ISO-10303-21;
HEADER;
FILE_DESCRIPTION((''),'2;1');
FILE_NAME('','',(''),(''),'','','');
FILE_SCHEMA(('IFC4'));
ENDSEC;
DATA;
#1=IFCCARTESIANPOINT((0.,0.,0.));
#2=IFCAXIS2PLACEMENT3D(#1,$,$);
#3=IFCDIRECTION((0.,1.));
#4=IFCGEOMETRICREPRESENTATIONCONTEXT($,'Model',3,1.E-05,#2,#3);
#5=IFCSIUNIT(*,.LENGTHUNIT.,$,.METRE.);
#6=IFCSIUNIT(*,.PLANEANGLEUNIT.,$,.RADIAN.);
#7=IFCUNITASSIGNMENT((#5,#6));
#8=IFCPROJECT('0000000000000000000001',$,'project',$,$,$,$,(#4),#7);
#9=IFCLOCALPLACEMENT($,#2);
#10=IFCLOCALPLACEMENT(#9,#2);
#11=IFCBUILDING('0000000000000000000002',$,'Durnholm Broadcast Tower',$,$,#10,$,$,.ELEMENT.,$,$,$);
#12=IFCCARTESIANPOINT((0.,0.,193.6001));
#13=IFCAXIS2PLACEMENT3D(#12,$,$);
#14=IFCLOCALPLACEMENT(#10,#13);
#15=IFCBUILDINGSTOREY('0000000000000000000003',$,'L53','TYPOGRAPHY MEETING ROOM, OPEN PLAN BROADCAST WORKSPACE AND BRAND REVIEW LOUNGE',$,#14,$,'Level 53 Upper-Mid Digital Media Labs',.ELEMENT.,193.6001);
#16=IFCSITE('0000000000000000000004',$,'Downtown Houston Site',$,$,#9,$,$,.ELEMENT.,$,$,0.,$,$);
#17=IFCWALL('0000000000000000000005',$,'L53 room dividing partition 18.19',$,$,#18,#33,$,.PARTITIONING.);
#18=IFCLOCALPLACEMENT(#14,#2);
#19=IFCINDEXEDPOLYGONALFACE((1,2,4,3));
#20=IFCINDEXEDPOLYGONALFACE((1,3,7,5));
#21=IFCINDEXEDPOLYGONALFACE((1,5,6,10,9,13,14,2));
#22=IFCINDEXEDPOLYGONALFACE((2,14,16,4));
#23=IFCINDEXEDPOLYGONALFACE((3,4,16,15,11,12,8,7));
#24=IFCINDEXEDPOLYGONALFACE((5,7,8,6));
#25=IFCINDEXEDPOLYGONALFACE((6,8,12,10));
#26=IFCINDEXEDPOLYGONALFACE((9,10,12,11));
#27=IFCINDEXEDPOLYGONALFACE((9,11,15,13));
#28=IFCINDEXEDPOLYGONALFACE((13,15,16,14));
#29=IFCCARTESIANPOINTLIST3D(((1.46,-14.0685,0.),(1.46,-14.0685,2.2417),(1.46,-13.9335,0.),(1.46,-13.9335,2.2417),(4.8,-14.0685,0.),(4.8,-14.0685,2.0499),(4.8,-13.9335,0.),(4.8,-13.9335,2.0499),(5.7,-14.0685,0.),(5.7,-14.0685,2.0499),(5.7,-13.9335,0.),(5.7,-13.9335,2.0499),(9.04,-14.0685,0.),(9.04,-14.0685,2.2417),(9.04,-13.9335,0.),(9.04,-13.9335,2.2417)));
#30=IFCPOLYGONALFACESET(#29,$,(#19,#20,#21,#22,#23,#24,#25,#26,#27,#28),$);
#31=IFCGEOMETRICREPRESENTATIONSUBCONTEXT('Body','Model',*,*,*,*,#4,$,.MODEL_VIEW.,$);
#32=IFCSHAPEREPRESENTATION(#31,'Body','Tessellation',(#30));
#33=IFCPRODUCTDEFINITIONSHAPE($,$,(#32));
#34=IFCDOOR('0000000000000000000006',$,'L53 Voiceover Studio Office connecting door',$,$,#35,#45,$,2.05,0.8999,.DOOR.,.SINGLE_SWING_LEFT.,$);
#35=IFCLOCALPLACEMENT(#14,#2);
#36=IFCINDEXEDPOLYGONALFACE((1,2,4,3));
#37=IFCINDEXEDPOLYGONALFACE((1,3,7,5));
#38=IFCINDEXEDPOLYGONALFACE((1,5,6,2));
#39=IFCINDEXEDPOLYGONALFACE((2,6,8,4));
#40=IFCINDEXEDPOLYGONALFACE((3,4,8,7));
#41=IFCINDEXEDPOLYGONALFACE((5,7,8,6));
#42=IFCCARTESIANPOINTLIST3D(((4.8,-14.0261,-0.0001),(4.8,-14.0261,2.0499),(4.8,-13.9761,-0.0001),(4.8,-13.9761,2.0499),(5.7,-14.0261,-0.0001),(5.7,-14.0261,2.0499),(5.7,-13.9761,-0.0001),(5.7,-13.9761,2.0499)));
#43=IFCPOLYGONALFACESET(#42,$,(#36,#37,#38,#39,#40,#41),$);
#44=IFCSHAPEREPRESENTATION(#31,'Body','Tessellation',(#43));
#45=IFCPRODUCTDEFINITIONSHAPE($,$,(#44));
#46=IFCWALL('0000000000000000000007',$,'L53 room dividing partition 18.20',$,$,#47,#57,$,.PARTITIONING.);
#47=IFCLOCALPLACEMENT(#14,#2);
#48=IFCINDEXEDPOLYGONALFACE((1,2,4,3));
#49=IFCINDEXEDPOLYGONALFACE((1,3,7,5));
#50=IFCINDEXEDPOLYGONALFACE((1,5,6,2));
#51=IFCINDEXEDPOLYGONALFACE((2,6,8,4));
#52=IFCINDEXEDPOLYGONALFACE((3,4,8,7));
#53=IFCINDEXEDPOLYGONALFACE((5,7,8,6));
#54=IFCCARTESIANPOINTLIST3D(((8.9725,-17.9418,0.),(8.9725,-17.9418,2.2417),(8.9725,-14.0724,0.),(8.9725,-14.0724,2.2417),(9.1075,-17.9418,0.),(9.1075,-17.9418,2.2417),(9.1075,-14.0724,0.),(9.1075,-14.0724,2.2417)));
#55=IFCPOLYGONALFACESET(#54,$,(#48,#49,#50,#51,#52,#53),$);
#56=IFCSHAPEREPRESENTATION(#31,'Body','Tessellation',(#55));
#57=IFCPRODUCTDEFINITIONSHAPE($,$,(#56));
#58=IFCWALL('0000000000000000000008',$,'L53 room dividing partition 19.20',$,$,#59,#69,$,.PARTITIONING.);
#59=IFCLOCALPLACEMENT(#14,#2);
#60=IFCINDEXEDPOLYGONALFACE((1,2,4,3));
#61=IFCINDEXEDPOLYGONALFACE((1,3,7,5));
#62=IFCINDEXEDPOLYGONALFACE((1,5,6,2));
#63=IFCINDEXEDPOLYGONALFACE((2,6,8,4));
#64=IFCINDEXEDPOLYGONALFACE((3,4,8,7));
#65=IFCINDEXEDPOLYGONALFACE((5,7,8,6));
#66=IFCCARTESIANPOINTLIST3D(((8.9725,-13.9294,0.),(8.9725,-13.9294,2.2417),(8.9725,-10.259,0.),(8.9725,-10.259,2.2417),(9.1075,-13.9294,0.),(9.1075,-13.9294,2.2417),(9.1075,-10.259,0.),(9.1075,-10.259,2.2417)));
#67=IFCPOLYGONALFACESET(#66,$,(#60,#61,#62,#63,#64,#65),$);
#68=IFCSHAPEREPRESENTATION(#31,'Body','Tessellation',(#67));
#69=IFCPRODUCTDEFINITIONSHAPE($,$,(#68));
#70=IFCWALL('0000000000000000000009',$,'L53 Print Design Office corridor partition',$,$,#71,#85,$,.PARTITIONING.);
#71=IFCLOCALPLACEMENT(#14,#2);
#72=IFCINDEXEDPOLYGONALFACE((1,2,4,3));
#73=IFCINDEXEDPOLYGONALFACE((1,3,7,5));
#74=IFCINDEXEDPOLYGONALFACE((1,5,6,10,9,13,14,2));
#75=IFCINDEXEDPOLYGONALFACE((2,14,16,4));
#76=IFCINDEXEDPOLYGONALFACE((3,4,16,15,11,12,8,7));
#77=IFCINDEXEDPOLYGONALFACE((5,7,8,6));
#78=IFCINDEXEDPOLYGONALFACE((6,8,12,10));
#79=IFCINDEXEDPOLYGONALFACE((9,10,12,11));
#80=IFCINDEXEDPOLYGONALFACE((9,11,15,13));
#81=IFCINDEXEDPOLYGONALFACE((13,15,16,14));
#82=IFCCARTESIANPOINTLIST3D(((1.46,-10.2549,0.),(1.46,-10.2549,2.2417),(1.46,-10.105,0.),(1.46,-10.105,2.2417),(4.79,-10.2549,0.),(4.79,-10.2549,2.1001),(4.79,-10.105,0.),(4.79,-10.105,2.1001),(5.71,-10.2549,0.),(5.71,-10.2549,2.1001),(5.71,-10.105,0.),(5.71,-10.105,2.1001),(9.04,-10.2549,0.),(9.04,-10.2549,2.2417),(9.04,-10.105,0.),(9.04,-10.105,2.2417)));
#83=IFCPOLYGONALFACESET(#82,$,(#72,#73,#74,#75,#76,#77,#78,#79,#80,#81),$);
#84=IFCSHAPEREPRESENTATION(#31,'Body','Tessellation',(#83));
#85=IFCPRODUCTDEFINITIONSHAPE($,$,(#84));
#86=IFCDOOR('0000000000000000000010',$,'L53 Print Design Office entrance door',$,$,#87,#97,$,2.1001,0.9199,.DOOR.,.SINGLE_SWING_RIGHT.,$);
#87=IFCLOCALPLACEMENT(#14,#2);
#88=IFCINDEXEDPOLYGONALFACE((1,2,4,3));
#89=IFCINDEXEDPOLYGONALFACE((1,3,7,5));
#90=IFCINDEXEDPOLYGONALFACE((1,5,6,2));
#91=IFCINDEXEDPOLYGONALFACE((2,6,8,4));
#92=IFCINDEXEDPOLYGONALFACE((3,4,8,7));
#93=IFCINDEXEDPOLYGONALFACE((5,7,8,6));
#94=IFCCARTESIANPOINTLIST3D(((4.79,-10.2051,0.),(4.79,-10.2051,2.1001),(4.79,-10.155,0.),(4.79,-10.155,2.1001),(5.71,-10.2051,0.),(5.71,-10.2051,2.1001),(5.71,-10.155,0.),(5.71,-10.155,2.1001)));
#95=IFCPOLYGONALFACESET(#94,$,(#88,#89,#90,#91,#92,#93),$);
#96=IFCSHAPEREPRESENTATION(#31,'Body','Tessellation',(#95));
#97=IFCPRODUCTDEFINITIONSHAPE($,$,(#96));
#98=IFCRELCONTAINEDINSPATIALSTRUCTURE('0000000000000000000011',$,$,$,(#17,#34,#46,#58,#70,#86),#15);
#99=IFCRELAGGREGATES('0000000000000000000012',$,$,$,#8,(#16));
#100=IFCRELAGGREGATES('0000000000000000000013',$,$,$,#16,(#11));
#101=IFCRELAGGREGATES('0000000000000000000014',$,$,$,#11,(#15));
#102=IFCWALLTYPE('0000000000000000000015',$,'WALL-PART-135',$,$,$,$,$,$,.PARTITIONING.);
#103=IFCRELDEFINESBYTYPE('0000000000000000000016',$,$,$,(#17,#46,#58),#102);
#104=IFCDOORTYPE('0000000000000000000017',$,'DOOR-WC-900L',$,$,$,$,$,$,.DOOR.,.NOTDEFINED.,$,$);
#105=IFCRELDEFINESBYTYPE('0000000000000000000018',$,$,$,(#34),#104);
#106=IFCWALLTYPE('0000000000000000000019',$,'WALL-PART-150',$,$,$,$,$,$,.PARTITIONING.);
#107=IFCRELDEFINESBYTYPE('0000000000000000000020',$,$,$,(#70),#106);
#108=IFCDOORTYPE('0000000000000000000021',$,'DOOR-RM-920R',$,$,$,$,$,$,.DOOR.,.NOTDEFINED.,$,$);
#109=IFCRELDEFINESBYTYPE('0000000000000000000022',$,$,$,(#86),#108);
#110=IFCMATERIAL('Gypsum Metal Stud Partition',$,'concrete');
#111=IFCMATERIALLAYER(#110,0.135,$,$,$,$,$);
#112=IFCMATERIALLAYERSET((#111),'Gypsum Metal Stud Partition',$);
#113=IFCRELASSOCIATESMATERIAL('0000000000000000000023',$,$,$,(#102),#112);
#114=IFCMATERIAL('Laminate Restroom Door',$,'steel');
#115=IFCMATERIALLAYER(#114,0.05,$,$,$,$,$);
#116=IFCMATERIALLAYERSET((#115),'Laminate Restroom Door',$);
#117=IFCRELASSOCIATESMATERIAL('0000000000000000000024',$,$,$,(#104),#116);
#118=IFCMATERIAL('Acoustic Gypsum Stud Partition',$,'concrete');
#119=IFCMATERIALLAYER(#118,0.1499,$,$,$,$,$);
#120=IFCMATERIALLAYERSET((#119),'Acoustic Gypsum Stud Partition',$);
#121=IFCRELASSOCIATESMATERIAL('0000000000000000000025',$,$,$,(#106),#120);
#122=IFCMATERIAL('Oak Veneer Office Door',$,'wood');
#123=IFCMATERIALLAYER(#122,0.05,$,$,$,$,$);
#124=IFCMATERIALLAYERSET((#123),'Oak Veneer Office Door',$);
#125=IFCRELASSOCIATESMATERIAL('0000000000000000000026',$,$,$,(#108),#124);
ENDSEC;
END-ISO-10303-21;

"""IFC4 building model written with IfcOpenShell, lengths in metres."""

from ifc_helpers import new_model, si_unit, direction, frame, frame_2d, origin, place, context, subcontext, project, spatial, rectangle, extrude, source, transform, mapped, material, layer, layer_set, type_object, type_shapes, element, fill, save


model = new_model("IFC4")

# Units and contexts
model_context = context("Model", 3, precision=1e-05, world=origin(), true_north=direction((0.0, 1.0)))
body_context = subcontext(model_context, "Body", "Model", "MODEL_VIEW")
ifc_project = project(units=[si_unit("LENGTHUNIT", "METRE"), si_unit("PLANEANGLEUNIT", "RADIAN")], contexts=[model_context])

# Site, building, storey
site_placement = place(None, origin())
site = spatial("IfcSite", under=ifc_project, at=site_placement, Name="Downtown Houston Site", CompositionType="ELEMENT", RefElevation=0.0)
building_placement = place(site_placement, origin())
building = spatial("IfcBuilding", under=site, at=building_placement, Name="Durnholm Broadcast Tower", CompositionType="ELEMENT")
storey_placement = place(building_placement, frame((0.0, 0.0, 193.6001)))
storey = spatial("IfcBuildingStorey", under=building, at=storey_placement, Name="L53", Description="TYPOGRAPHY MEETING ROOM, OPEN PLAN BROADCAST WORKSPACE AND BRAND REVIEW LOUNGE", LongName="Level 53 Upper-Mid Digital Media Labs", CompositionType="ELEMENT", Elevation=193.6001)

# Wall, opening, door
ifc_material_1 = material(Name="Gypsum Metal Stud Partition", Category="concrete")
ifc_layer_1 = layer(ifc_material_1, 0.135)
ifc_layer_set_1 = layer_set([ifc_layer_1], Name="Gypsum Metal Stud Partition")
wall_type_1 = type_object("IfcWallType", Name="WALL-PART-135", PredefinedType="PARTITIONING", material=ifc_layer_set_1)
wall_1_placement = place(storey_placement, frame((1.46, -14.001, 0.0), z_axis=(0.0, 0.0, 1.0), x_axis=(1.0, 0.0, 0.0)))
wall_1 = element("IfcWall", 1, at=wall_1_placement, inside=storey, type_object=wall_type_1, Name="L53 room dividing partition 18.19", PredefinedType="PARTITIONING", context=body_context, shape_type="SweptSolid", body=[
    extrude(rectangle(XDim=7.5801, YDim=0.135, at=frame_2d((3.79, 0.0))), origin(), (0.0, 0.0, 1.0), 2.2417),
])
opening_1_placement = place(wall_1_placement, frame((3.3401, 0.0, 0.0)))
opening_1 = element("IfcOpeningElement", 2, at=opening_1_placement, cuts=wall_1, PredefinedType="OPENING", context=body_context, shape_type="SweptSolid", body=[
    extrude(rectangle(XDim=0.8999, YDim=2.05, at=frame_2d((0.45, 1.0249))), frame((0.0, 0.0776, 0.0), z_axis=(0.0, -1.0, 0.0), x_axis=(1.0, 0.0, 0.0)), (0.0, 0.0, 1.0), 0.155),
])
ifc_material_2 = material(Name="Laminate Restroom Door", Category="steel")
ifc_layer_2 = layer(ifc_material_2, 0.05)
ifc_layer_set_2 = layer_set([ifc_layer_2], Name="Laminate Restroom Door")
door_type_1 = type_object("IfcDoorType", Name="DOOR-WC-900L", OperationType="NOTDEFINED", PredefinedType="DOOR", material=ifc_layer_set_2)
shared_shape_1 = source(origin(), body_context, "Body", "SweptSolid", [
    extrude(rectangle(XDim=0.8999, YDim=2.05, at=frame_2d((0.45, 1.0249))), frame((0.0, 0.0249, 0.0), z_axis=(0.0, -1.0, 0.0), x_axis=(1.0, 0.0, 0.0)), (0.0, 0.0, 1.0), 0.05),
])
type_shapes(door_type_1, [shared_shape_1])
door_1_placement = place(opening_1_placement, origin())
door_1 = element("IfcDoor", 3, at=door_1_placement, inside=storey, type_object=door_type_1, Name="L53 Voiceover Studio Office connecting door", OperationType="SINGLE_SWING_LEFT", OverallHeight=2.05, OverallWidth=0.8999, PredefinedType="DOOR", context=body_context, shape_type="MappedRepresentation", body=[
    mapped(shared_shape_1, transform((0.0, 0.0, 0.0), x_axis=(1.0, 0.0, 0.0), y_axis=(0.0, 1.0, 0.0), z_axis=(0.0, 0.0, 1.0), scale=1.0)),
])
fill(opening_1, door_1)

# Walls
wall_2_placement = place(storey_placement, frame((9.04, -14.0725, 0.0), z_axis=(0.0, 0.0, 1.0), x_axis=(0.0, -1.0, 0.0)))
element("IfcWall", 4, at=wall_2_placement, inside=storey, type_object=wall_type_1, Name="L53 room dividing partition 18.20", PredefinedType="PARTITIONING", context=body_context, shape_type="SweptSolid", body=[
    extrude(rectangle(XDim=3.8694, YDim=0.135, at=frame_2d((1.9346, 0.0))), origin(), (0.0, 0.0, 1.0), 2.2417),
])
wall_3_placement = place(storey_placement, frame((9.04, -10.259, 0.0), z_axis=(0.0, 0.0, 1.0), x_axis=(0.0, -1.0, 0.0)))
element("IfcWall", 5, at=wall_3_placement, inside=storey, type_object=wall_type_1, Name="L53 room dividing partition 19.20", PredefinedType="PARTITIONING", context=body_context, shape_type="SweptSolid", body=[
    extrude(rectangle(XDim=3.6704, YDim=0.135, at=frame_2d((1.8352, 0.0))), origin(), (0.0, 0.0, 1.0), 2.2417),
])

# Wall, opening, door
ifc_material_3 = material(Name="Acoustic Gypsum Stud Partition", Category="concrete")
ifc_layer_3 = layer(ifc_material_3, 0.1499)
ifc_layer_set_3 = layer_set([ifc_layer_3], Name="Acoustic Gypsum Stud Partition")
wall_type_2 = type_object("IfcWallType", Name="WALL-PART-150", PredefinedType="PARTITIONING", material=ifc_layer_set_3)
wall_4_placement = place(storey_placement, frame((1.46, -10.1799, 0.0), z_axis=(0.0, 0.0, 1.0), x_axis=(1.0, 0.0, 0.0)))
wall_4 = element("IfcWall", 6, at=wall_4_placement, inside=storey, type_object=wall_type_2, Name="L53 Print Design Office corridor partition", PredefinedType="PARTITIONING", context=body_context, shape_type="SweptSolid", body=[
    extrude(rectangle(XDim=7.5801, YDim=0.1499, at=frame_2d((3.79, 0.0))), origin(), (0.0, 0.0, 1.0), 2.2417),
])
opening_2_placement = place(wall_4_placement, frame((3.3301, 0.0, 0.0)))
opening_2 = element("IfcOpeningElement", 7, at=opening_2_placement, cuts=wall_4, PredefinedType="OPENING", context=body_context, shape_type="SweptSolid", body=[
    extrude(rectangle(XDim=0.9199, YDim=2.1001, at=frame_2d((0.46, 1.05))), frame((0.0, 0.085, 0.0), z_axis=(0.0, -1.0, 0.0), x_axis=(1.0, 0.0, 0.0)), (0.0, 0.0, 1.0), 0.1699),
])
ifc_material_4 = material(Name="Oak Veneer Office Door", Category="wood")
ifc_layer_4 = layer(ifc_material_4, 0.05)
ifc_layer_set_4 = layer_set([ifc_layer_4], Name="Oak Veneer Office Door")
door_type_2 = type_object("IfcDoorType", Name="DOOR-RM-920R", OperationType="NOTDEFINED", PredefinedType="DOOR", material=ifc_layer_set_4)
shared_shape_2 = source(origin(), body_context, "Body", "SweptSolid", [
    extrude(rectangle(XDim=0.9199, YDim=2.1001, at=frame_2d((0.46, 1.05))), frame((0.0, 0.0249, 0.0), z_axis=(0.0, -1.0, 0.0), x_axis=(1.0, 0.0, 0.0)), (0.0, 0.0, 1.0), 0.05),
])
type_shapes(door_type_2, [shared_shape_2])
door_2_placement = place(opening_2_placement, origin())
door_2 = element("IfcDoor", 8, at=door_2_placement, inside=storey, type_object=door_type_2, Name="L53 Print Design Office entrance door", OperationType="SINGLE_SWING_RIGHT", OverallHeight=2.1001, OverallWidth=0.9199, PredefinedType="DOOR", context=body_context, shape_type="MappedRepresentation", body=[
    mapped(shared_shape_2, transform((0.0, 0.0, 0.0), x_axis=(1.0, 0.0, 0.0), y_axis=(0.0, 1.0, 0.0), z_axis=(0.0, 0.0, 1.0), scale=1.0)),
])
fill(opening_2, door_2)

save(model, "model.ifc")
